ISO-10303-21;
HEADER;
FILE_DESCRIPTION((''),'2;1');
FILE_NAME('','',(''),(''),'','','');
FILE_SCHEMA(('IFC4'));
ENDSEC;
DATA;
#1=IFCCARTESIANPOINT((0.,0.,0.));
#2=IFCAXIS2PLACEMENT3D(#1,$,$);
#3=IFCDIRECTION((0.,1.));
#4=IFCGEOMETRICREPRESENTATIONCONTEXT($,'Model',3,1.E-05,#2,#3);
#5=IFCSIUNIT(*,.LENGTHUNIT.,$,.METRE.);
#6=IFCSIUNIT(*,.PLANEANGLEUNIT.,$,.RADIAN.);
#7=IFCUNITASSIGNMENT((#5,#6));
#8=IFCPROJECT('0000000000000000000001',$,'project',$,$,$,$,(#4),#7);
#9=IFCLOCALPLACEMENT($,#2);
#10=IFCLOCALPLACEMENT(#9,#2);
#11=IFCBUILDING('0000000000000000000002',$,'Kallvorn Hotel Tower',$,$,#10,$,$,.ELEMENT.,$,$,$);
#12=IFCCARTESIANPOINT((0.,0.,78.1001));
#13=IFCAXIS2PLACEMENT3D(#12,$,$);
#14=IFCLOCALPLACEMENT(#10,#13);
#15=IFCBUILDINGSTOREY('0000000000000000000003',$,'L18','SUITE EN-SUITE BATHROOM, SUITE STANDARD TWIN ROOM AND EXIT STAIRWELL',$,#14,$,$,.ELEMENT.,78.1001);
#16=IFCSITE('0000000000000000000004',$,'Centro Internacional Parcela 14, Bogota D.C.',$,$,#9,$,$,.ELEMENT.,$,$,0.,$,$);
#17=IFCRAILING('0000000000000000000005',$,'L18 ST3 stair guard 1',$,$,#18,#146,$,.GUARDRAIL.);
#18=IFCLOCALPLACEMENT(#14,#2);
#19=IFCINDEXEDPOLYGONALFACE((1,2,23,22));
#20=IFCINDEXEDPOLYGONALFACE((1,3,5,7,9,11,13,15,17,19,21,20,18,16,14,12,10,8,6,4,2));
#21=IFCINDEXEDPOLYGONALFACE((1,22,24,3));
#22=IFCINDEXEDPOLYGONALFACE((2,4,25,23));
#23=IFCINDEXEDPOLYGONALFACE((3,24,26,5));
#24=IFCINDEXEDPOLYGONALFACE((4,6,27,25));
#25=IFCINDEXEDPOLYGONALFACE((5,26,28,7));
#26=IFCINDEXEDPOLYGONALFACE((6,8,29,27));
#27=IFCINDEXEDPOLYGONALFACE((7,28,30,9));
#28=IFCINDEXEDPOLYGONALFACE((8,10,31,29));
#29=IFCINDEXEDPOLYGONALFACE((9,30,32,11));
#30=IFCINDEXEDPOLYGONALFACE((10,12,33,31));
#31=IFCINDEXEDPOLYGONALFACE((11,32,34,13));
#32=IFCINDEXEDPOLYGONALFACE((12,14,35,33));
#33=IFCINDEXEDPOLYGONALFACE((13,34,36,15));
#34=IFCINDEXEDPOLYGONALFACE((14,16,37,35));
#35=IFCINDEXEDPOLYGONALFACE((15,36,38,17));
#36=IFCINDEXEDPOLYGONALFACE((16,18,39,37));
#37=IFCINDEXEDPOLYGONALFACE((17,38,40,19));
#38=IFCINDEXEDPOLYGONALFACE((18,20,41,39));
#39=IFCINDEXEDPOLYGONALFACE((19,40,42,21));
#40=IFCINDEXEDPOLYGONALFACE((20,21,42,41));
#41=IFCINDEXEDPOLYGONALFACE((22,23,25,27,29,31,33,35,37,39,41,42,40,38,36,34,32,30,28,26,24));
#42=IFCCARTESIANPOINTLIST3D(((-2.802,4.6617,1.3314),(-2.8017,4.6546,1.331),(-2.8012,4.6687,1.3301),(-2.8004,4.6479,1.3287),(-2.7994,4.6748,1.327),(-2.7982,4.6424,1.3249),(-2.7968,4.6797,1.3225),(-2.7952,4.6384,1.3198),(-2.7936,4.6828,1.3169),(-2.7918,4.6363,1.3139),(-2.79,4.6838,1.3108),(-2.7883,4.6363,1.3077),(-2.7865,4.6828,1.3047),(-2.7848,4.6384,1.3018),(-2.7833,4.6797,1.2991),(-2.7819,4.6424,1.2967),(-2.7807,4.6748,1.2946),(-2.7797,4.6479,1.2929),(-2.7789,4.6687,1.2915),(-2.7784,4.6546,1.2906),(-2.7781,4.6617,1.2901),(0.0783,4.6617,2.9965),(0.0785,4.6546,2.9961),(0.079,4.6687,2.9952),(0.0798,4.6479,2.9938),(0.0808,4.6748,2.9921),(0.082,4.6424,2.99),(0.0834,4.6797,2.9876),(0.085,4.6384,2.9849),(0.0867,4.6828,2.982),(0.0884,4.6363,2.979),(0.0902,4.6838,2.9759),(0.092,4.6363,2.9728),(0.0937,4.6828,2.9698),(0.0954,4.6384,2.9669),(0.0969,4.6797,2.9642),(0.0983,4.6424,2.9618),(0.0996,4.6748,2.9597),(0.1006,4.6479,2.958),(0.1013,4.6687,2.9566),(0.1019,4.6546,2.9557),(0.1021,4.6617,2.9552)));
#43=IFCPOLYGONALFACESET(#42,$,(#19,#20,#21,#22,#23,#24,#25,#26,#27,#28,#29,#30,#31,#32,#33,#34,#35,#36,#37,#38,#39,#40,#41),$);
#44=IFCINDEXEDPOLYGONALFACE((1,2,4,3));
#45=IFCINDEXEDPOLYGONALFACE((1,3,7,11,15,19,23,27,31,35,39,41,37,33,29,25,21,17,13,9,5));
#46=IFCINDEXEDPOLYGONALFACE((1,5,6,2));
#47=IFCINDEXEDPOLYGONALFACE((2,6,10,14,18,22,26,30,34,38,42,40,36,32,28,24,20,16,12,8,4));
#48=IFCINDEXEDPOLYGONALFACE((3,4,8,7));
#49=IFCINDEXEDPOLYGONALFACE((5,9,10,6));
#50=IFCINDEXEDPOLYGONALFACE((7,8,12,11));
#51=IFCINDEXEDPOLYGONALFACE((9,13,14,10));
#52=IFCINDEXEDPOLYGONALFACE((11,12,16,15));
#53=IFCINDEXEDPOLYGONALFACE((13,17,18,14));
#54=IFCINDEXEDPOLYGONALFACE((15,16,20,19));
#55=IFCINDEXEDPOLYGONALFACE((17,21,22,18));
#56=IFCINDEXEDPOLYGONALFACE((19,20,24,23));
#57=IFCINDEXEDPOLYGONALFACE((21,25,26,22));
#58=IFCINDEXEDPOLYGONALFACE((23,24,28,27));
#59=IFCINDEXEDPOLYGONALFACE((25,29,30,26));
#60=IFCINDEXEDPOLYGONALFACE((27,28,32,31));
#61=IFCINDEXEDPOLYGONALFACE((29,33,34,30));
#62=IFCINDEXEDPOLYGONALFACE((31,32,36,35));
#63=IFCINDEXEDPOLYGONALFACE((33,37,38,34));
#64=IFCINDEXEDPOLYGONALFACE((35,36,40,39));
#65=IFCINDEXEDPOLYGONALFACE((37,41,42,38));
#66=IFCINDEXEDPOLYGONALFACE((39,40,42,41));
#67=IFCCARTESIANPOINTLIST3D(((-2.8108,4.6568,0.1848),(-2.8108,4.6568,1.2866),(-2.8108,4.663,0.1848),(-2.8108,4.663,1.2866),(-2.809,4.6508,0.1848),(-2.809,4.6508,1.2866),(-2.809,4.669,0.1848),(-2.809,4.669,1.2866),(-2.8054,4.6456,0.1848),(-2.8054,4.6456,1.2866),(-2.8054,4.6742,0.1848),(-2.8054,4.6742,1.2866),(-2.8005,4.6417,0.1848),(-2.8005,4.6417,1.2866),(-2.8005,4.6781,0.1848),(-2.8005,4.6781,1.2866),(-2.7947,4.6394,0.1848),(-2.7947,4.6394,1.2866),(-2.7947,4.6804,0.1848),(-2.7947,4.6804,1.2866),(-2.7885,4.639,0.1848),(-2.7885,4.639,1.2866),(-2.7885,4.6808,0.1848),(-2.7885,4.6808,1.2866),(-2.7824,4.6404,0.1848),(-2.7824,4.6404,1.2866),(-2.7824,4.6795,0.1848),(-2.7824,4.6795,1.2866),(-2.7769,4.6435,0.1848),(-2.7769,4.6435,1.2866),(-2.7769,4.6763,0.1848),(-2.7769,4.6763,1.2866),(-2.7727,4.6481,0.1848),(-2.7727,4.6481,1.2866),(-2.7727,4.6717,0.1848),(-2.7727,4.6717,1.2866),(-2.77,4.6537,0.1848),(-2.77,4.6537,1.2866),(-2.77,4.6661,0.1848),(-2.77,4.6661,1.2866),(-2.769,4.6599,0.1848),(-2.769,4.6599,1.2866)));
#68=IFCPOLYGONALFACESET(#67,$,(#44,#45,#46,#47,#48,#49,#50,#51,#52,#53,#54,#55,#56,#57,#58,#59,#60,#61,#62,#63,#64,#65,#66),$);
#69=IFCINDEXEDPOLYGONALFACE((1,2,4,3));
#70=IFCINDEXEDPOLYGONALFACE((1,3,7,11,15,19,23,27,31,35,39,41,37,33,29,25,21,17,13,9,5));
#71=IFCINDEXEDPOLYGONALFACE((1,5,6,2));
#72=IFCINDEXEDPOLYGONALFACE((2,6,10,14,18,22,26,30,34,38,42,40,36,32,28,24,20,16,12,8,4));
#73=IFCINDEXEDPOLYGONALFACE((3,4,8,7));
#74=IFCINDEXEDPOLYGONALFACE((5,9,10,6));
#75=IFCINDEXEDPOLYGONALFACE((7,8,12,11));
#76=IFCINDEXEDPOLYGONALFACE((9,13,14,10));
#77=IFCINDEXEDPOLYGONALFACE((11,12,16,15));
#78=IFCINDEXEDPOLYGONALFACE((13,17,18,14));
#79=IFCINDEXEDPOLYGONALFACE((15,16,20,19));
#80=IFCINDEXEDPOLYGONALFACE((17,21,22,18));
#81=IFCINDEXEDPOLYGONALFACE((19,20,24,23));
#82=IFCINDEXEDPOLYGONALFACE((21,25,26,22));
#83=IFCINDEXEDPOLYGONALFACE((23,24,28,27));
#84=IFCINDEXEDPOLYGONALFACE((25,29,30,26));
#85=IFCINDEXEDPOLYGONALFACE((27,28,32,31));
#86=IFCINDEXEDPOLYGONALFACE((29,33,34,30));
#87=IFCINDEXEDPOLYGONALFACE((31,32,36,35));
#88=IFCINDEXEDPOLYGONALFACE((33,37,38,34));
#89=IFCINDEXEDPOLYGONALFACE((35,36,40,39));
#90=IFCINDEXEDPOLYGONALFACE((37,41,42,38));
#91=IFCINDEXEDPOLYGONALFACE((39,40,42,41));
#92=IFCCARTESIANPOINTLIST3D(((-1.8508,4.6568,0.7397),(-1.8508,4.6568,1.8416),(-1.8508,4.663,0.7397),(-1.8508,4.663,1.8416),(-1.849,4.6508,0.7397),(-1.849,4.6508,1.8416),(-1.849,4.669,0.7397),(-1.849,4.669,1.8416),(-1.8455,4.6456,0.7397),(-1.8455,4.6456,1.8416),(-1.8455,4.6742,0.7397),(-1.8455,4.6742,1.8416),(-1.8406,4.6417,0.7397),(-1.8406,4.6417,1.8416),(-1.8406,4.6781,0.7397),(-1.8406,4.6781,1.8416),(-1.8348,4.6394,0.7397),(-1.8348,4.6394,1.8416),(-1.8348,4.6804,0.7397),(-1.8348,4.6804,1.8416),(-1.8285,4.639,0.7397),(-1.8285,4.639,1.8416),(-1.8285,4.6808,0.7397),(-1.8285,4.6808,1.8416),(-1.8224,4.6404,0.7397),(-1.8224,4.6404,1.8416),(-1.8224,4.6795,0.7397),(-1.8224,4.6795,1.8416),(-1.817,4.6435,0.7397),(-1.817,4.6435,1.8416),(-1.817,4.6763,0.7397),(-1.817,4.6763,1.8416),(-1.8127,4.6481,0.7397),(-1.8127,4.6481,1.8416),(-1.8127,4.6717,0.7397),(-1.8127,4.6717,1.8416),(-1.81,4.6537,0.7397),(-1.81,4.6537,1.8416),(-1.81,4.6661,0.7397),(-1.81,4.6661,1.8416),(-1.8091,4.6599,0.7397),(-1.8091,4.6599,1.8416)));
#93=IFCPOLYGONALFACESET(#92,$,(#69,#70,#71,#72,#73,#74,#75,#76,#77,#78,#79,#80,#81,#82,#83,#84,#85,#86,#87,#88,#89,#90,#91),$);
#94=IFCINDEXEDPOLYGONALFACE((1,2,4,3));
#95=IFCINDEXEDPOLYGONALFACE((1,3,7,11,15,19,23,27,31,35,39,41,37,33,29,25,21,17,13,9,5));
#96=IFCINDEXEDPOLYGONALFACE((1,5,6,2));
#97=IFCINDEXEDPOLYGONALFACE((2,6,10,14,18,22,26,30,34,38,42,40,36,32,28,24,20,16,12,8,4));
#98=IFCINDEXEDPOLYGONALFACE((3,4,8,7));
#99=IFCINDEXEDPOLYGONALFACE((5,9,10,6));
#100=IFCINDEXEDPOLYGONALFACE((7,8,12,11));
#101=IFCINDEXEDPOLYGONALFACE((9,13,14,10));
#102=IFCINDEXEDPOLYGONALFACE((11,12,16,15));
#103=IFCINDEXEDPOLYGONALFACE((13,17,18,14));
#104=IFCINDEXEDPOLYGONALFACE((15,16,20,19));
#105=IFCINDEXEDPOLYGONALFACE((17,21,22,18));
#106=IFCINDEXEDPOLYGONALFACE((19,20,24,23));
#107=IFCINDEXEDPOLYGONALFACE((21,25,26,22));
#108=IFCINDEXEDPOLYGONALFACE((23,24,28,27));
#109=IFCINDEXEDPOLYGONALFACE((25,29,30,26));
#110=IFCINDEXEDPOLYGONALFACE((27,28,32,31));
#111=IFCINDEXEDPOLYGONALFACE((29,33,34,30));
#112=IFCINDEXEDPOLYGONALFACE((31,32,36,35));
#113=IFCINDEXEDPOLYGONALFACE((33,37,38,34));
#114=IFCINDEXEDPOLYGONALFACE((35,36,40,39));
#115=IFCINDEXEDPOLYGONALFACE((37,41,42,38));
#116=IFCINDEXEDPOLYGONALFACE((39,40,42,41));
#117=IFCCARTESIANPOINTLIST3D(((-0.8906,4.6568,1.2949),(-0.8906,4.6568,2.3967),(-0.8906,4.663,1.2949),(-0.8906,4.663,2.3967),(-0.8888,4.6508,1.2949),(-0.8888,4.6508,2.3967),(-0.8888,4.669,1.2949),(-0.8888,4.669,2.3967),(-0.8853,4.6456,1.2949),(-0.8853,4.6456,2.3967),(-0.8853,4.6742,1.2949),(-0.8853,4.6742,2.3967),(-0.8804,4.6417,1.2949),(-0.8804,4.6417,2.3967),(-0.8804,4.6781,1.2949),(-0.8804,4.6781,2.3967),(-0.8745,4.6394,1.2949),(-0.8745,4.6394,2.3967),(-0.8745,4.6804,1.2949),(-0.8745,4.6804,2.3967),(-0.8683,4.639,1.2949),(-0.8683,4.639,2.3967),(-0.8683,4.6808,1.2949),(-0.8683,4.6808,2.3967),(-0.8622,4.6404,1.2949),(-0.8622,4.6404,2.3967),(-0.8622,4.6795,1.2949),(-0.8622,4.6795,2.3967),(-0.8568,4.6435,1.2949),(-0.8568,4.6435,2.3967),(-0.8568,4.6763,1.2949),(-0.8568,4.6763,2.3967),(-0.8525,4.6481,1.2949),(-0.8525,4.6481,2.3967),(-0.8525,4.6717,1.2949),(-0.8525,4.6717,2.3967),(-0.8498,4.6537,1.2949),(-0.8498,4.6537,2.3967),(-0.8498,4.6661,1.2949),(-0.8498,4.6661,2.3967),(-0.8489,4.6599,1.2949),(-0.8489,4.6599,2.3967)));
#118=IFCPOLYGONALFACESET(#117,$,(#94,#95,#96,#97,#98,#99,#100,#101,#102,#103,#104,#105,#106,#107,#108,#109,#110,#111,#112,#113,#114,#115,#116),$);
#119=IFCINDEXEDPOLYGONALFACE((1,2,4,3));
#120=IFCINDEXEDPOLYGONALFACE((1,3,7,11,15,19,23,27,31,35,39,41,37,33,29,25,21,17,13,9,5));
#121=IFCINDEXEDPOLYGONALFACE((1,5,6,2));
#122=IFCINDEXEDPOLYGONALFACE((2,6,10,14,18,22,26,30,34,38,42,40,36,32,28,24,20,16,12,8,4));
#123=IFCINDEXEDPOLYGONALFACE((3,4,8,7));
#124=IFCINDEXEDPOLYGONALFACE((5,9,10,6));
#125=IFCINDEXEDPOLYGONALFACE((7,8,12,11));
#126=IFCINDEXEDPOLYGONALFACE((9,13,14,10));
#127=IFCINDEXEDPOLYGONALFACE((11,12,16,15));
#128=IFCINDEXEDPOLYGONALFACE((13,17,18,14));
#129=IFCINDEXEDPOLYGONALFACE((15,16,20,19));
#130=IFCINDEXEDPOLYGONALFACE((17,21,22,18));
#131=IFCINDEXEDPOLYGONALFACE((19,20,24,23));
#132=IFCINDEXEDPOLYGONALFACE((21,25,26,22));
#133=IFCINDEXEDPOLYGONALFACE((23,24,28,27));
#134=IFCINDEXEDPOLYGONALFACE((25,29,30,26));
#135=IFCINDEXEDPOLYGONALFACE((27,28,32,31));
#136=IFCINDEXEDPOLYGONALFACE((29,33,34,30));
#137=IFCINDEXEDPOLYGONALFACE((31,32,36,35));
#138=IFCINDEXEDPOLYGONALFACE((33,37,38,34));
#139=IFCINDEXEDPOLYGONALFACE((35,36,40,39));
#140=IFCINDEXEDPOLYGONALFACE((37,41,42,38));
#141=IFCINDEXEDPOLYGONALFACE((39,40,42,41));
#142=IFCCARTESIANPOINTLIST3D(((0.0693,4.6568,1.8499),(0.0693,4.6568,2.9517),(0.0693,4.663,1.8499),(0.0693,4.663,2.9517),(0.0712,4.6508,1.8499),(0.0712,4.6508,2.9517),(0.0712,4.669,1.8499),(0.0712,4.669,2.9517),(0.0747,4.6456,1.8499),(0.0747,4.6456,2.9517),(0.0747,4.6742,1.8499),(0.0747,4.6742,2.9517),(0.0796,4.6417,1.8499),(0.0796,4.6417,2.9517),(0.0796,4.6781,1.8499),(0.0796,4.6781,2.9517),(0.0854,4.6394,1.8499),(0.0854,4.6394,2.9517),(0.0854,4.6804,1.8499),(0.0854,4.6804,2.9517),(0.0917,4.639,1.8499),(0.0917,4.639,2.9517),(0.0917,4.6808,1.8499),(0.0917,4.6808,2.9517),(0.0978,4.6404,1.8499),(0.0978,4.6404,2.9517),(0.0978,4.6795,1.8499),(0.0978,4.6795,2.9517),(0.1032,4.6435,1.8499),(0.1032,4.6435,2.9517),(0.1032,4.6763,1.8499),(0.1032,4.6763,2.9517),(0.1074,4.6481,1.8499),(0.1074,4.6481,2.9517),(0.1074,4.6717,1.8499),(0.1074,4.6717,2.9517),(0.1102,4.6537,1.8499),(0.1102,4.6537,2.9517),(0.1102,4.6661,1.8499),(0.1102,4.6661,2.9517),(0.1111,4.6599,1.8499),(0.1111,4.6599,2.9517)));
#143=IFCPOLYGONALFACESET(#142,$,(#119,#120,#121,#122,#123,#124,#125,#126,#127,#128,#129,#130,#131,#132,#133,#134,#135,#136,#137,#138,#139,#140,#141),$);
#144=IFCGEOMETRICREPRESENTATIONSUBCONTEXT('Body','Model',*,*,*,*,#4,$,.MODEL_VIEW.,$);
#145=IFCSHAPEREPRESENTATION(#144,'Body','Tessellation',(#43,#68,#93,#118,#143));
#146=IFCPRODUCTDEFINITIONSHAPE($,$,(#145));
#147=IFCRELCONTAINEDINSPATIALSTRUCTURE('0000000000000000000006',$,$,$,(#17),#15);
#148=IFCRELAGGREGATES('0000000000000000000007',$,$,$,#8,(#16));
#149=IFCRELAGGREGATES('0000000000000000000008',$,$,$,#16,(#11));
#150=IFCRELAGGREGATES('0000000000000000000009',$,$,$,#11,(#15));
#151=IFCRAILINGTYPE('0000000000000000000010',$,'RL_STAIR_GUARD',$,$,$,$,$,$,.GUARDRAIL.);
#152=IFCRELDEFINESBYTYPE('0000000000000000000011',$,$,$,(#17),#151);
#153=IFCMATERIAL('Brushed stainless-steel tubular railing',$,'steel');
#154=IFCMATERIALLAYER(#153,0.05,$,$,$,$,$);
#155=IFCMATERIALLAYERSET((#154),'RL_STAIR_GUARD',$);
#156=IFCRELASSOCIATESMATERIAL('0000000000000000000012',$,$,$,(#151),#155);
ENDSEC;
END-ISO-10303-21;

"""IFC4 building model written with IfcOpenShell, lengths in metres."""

from ifc_helpers import new_model, si_unit, direction, frame, origin, origin_2d, place, context, subcontext, project, spatial, circle, extrude, material, layer, layer_set, type_object, element, save


model = new_model("IFC4")

# Units and contexts
model_context = context("Model", 3, precision=1e-05, world=origin(), true_north=direction((0.0, 1.0)))
body_context = subcontext(model_context, "Body", "Model", "MODEL_VIEW")
ifc_project = project(units=[si_unit("LENGTHUNIT", "METRE"), si_unit("PLANEANGLEUNIT", "RADIAN")], contexts=[model_context])

# Site, building, storey
site_placement = place(None, origin())
site = spatial("IfcSite", under=ifc_project, at=site_placement, Name="Centro Internacional Parcela 14, Bogota D.C.", CompositionType="ELEMENT", RefElevation=0.0)
building_placement = place(site_placement, origin())
building = spatial("IfcBuilding", under=site, at=building_placement, Name="Kallvorn Hotel Tower", CompositionType="ELEMENT")
storey_placement = place(building_placement, frame((0.0, 0.0, 78.1001)))
storey = spatial("IfcBuildingStorey", under=building, at=storey_placement, Name="L18", Description="SUITE EN-SUITE BATHROOM, SUITE STANDARD TWIN ROOM AND EXIT STAIRWELL", CompositionType="ELEMENT", Elevation=78.1001)

# Railing
ifc_material_1 = material(Name="Brushed stainless-steel tubular railing", Category="steel")
ifc_layer_1 = layer(ifc_material_1, 0.05)
ifc_layer_set_1 = layer_set([ifc_layer_1], Name="RL_STAIR_GUARD")
railing_type_1 = type_object("IfcRailingType", Name="RL_STAIR_GUARD", PredefinedType="GUARDRAIL", material=ifc_layer_set_1)
railing_1_placement = place(storey_placement, frame((-2.79, 4.6599, 0.1848)))
element("IfcRailing", 1, at=railing_1_placement, inside=storey, type_object=railing_type_1, Name="L18 ST3 stair guard 1", PredefinedType="GUARDRAIL", context=body_context, shape_type="SweptSolid", body=[
    extrude(circle(Radius=0.0239, at=origin_2d()), frame((0.0, 0.0, 1.126), z_axis=(0.865739, 0.0, 0.500495), x_axis=(0.0, 1.0, 0.0)), (0.0, 0.0, 1.0), 3.3269),
    extrude(circle(Radius=0.021, at=origin_2d()), origin(), (0.0, 0.0, 1.0), 1.1018),
    extrude(circle(Radius=0.021, at=origin_2d()), frame((0.96, 0.0, 0.5549)), (0.0, 0.0, 1.0), 1.1018),
    extrude(circle(Radius=0.021, at=origin_2d()), frame((1.9202, 0.0, 1.1101)), (0.0, 0.0, 1.0), 1.1018),
    extrude(circle(Radius=0.021, at=origin_2d()), frame((2.8801, 0.0, 1.665)), (0.0, 0.0, 1.0), 1.1018),
])

save(model, "model.ifc")
